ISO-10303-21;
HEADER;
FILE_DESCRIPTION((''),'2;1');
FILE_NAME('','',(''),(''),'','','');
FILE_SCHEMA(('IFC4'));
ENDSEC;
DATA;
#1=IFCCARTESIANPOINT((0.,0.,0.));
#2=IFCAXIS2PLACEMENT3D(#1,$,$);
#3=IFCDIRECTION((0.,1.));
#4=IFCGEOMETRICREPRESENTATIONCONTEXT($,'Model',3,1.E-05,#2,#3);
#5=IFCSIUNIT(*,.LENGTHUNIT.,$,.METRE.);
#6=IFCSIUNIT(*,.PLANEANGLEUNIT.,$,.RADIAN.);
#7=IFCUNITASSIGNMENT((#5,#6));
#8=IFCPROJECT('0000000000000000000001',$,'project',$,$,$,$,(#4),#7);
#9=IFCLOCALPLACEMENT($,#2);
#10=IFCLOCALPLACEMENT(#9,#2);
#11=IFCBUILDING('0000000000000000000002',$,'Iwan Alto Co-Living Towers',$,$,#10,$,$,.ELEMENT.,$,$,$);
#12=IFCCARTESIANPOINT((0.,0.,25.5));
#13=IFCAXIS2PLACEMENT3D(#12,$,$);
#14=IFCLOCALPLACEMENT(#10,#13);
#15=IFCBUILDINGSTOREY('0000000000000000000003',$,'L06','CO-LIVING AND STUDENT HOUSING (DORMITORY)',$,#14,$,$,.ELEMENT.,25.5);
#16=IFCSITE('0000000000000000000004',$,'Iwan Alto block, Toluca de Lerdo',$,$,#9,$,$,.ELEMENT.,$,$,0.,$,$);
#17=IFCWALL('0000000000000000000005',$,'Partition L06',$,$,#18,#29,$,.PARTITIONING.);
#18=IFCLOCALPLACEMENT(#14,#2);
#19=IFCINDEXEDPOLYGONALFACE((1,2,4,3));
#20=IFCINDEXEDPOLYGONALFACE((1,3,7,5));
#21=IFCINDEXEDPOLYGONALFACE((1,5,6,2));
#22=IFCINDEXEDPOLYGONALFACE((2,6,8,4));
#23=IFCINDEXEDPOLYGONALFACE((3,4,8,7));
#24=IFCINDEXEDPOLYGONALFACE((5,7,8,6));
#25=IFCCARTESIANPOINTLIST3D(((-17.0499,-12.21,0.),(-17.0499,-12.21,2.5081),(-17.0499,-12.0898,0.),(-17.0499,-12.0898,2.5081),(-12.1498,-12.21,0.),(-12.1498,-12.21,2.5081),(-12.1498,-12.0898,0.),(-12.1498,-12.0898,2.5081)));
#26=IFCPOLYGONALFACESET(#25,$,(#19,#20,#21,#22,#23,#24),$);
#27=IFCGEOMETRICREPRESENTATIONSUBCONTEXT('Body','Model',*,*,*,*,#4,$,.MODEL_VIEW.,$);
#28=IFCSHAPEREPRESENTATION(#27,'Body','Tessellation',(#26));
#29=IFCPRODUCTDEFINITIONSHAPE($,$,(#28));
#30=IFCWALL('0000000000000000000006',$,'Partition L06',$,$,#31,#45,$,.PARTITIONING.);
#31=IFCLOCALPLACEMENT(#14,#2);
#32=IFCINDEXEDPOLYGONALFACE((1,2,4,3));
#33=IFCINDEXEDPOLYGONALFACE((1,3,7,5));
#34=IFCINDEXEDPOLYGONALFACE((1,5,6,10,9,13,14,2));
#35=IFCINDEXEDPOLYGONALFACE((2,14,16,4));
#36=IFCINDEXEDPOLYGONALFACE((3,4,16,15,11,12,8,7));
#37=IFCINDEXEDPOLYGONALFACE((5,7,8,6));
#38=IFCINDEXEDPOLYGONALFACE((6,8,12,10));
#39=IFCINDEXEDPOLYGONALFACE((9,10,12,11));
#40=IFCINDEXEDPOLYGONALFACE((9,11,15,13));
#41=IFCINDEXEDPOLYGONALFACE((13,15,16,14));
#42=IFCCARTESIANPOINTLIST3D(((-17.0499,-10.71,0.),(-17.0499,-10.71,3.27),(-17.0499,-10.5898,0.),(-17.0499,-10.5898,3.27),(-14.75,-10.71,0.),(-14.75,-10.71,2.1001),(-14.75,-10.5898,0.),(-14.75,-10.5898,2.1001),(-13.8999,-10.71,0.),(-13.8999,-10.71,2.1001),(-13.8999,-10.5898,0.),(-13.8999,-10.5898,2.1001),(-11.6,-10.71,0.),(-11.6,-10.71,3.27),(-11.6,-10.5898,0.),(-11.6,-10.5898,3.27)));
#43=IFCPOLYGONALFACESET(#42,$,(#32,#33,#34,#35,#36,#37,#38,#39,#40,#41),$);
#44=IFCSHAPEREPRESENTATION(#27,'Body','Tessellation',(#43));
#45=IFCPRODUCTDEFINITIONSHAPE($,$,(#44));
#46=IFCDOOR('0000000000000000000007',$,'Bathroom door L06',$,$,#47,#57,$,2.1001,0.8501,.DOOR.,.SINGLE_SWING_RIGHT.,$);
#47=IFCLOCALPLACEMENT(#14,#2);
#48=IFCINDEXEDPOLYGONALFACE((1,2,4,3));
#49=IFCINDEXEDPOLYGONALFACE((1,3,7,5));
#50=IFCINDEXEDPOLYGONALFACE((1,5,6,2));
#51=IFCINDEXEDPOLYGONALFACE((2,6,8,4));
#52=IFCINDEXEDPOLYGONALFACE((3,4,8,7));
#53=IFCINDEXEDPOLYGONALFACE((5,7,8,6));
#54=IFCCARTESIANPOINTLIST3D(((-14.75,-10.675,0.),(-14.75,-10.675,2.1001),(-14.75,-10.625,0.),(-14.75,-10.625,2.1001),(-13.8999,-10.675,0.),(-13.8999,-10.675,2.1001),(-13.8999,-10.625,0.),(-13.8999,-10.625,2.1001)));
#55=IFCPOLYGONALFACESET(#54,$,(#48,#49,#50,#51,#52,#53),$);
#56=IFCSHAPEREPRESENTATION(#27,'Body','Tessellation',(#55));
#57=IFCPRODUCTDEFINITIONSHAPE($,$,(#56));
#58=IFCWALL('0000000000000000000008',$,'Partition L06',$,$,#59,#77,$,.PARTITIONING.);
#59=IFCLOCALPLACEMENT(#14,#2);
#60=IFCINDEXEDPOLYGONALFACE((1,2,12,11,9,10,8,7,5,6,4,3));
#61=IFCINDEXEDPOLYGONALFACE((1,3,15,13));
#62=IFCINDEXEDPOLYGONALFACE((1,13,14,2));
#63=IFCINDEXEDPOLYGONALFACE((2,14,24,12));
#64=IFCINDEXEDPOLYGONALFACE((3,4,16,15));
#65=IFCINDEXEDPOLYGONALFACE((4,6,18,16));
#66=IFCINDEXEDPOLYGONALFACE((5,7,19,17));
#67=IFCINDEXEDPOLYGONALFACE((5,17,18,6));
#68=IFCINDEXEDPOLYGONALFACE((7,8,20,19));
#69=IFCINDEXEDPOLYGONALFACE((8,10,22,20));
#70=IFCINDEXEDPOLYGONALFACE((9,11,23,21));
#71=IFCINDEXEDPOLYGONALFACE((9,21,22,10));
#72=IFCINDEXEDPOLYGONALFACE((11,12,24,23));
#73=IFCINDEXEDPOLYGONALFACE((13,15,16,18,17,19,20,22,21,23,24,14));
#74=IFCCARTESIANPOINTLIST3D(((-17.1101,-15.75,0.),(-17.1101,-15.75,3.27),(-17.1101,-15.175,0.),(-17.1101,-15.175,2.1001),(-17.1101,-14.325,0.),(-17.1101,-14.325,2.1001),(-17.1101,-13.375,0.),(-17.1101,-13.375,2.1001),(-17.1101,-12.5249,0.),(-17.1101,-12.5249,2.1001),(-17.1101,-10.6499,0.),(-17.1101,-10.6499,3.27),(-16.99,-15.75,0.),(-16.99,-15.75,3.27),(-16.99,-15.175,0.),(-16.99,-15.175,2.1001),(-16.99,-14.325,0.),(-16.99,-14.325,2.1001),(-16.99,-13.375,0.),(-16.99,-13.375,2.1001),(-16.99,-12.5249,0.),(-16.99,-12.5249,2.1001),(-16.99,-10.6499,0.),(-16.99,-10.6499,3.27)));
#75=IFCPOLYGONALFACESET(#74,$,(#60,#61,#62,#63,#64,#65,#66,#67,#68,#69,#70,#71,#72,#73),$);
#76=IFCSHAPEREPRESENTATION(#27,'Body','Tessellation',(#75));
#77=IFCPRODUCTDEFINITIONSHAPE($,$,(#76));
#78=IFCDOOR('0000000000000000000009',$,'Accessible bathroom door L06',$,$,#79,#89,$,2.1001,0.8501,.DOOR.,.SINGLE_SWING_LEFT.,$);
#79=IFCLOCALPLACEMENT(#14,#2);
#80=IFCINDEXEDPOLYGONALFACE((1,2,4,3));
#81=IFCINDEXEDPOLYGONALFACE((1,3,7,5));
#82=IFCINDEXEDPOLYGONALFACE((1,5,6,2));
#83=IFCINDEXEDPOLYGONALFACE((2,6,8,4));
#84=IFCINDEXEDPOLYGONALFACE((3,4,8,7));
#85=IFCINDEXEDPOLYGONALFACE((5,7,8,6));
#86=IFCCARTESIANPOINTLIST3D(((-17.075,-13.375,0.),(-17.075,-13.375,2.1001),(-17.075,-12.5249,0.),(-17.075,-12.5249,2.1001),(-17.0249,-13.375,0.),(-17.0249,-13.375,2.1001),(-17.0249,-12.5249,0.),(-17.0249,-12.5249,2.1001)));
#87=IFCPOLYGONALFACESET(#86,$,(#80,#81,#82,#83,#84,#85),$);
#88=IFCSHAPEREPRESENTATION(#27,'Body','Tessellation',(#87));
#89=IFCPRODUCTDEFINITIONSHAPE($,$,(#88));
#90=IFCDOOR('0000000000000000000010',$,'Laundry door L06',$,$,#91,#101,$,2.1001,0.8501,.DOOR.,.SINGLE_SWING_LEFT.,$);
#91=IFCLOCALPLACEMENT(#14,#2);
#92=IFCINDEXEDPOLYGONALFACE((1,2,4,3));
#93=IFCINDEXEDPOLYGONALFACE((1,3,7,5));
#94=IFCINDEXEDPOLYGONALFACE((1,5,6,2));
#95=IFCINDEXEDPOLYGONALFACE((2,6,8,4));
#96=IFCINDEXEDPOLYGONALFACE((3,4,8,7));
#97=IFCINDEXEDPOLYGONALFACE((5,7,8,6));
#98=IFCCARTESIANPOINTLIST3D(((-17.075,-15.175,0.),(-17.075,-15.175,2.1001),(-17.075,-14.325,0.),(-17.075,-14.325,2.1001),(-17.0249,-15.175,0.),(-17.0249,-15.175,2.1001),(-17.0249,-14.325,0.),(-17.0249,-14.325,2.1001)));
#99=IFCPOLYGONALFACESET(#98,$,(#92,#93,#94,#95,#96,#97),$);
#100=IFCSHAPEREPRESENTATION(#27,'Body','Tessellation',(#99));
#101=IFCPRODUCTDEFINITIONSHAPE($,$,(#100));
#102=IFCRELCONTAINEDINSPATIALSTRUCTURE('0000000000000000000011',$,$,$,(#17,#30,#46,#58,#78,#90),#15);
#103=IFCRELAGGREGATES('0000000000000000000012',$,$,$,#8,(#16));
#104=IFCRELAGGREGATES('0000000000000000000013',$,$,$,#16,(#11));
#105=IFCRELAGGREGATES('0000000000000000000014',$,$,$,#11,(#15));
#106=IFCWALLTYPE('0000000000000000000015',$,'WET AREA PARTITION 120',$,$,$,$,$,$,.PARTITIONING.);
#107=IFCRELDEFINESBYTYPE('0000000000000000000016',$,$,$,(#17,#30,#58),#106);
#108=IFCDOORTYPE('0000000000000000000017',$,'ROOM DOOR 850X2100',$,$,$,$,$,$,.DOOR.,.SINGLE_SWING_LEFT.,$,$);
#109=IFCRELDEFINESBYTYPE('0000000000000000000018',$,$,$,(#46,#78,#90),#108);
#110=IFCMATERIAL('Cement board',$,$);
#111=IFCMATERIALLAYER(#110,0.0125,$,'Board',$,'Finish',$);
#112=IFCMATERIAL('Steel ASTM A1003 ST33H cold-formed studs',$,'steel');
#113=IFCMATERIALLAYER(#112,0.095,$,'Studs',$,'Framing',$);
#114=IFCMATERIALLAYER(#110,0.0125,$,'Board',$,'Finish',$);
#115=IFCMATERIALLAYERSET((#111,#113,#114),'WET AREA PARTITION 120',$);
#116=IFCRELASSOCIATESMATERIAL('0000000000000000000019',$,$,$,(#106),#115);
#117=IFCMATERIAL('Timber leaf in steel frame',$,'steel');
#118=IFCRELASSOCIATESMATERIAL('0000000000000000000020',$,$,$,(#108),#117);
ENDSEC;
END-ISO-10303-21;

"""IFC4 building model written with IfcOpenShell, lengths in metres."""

from ifc_helpers import new_model, si_unit, direction, frame, frame_2d, origin, place, context, subcontext, project, spatial, rectangle, extrude, material, layer, layer_set, type_object, element, fill, save


model = new_model("IFC4")

# Units and contexts
model_context = context("Model", 3, precision=1e-05, world=origin(), true_north=direction((0.0, 1.0)))
body_context = subcontext(model_context, "Body", "Model", "MODEL_VIEW")
ifc_project = project(units=[si_unit("LENGTHUNIT", "METRE"), si_unit("PLANEANGLEUNIT", "RADIAN")], contexts=[model_context])

# Site, building, storey
site_placement = place(None, origin())
site = spatial("IfcSite", under=ifc_project, at=site_placement, Name="Iwan Alto block, Toluca de Lerdo", CompositionType="ELEMENT", RefElevation=0.0)
building_placement = place(site_placement, origin())
building = spatial("IfcBuilding", under=site, at=building_placement, Name="Iwan Alto Co-Living Towers", CompositionType="ELEMENT")
storey_placement = place(building_placement, frame((0.0, 0.0, 25.5)))
storey = spatial("IfcBuildingStorey", under=building, at=storey_placement, Name="L06", Description="CO-LIVING AND STUDENT HOUSING (DORMITORY)", CompositionType="ELEMENT", Elevation=25.5)

# Shared definitions
ifc_material_1 = material(Name="Steel ASTM A1003 ST33H cold-formed studs", Category="steel")

# Wall
ifc_material_2 = material(Name="Cement board")
ifc_layer_1 = layer(ifc_material_2, 0.0125, Name="Board", Category="Finish")
ifc_layer_2 = layer(ifc_material_1, 0.095, Name="Studs", Category="Framing")
ifc_layer_3 = layer(ifc_material_2, 0.0125, Name="Board", Category="Finish")
ifc_layer_set_1 = layer_set([ifc_layer_1, ifc_layer_2, ifc_layer_3], Name="WET AREA PARTITION 120")
wall_type_1 = type_object("IfcWallType", Name="WET AREA PARTITION 120", PredefinedType="PARTITIONING", material=ifc_layer_set_1)
wall_1_placement = place(storey_placement, frame((-17.05, -12.1499, 0.0), z_axis=(0.0, 0.0, 1.0), x_axis=(1.0, 0.0, 0.0)))
element("IfcWall", 1, at=wall_1_placement, inside=storey, type_object=wall_type_1, Name="Partition L06", PredefinedType="PARTITIONING", context=body_context, shape_type="SweptSolid", body=[
    extrude(rectangle(XDim=4.9001, YDim=0.1201, at=frame_2d((2.4502, 0.0))), origin(), (0.0, 0.0, 1.0), 2.5081),
])

# Wall, opening, door
wall_2_placement = place(storey_placement, frame((-17.05, -10.6499, 0.0), z_axis=(0.0, 0.0, 1.0), x_axis=(1.0, 0.0, 0.0)))
wall_2 = element("IfcWall", 2, at=wall_2_placement, inside=storey, type_object=wall_type_1, Name="Partition L06", PredefinedType="PARTITIONING", context=body_context, shape_type="SweptSolid", body=[
    extrude(rectangle(XDim=5.45, YDim=0.1201, at=frame_2d((2.7251, 0.0))), origin(), (0.0, 0.0, 1.0), 3.27),
])
opening_1_placement = place(wall_2_placement, frame((2.3, 0.0, 0.0)))
opening_1 = element("IfcOpeningElement", 3, at=opening_1_placement, cuts=wall_2, PredefinedType="OPENING", context=body_context, shape_type="SweptSolid", body=[
    extrude(rectangle(XDim=0.8501, YDim=2.1001, at=frame_2d((0.425, 1.05))), frame((0.0, 0.0701, 0.0), z_axis=(0.0, -1.0, 0.0), x_axis=(1.0, 0.0, 0.0)), (0.0, 0.0, 1.0), 0.1401),
])
ifc_material_3 = material(Name="Timber leaf in steel frame", Category="steel")
door_type_1 = type_object("IfcDoorType", Name="ROOM DOOR 850X2100", OperationType="SINGLE_SWING_LEFT", PredefinedType="DOOR", material=ifc_material_3)
door_1_placement = place(opening_1_placement, origin())
door_1 = element("IfcDoor", 4, at=door_1_placement, inside=storey, type_object=door_type_1, Name="Bathroom door L06", OperationType="SINGLE_SWING_RIGHT", OverallHeight=2.1001, OverallWidth=0.8501, PredefinedType="DOOR", context=body_context, shape_type="SweptSolid", body=[
    extrude(rectangle(XDim=0.8501, YDim=2.1001, at=frame_2d((0.425, 1.05))), frame((0.0, 0.0249, 0.0), z_axis=(0.0, -1.0, 0.0), x_axis=(1.0, 0.0, 0.0)), (0.0, 0.0, 1.0), 0.05),
])
fill(opening_1, door_1)

# Wall, openings, doors
wall_3_placement = place(storey_placement, frame((-17.05, -15.75, 0.0), z_axis=(0.0, 0.0, 1.0), x_axis=(0.0, 1.0, 0.0)))
wall_3 = element("IfcWall", 5, at=wall_3_placement, inside=storey, type_object=wall_type_1, Name="Partition L06", PredefinedType="PARTITIONING", context=body_context, shape_type="SweptSolid", body=[
    extrude(rectangle(XDim=5.1001, YDim=0.1201, at=frame_2d((2.55, 0.0))), origin(), (0.0, 0.0, 1.0), 3.27),
])
opening_2_placement = place(wall_3_placement, frame((2.375, 0.0, 0.0)))
opening_2 = element("IfcOpeningElement", 6, at=opening_2_placement, cuts=wall_3, PredefinedType="OPENING", context=body_context, shape_type="SweptSolid", body=[
    extrude(rectangle(XDim=0.8501, YDim=2.1001, at=frame_2d((0.425, 1.05))), frame((0.0, 0.0701, 0.0), z_axis=(0.0, -1.0, 0.0), x_axis=(1.0, 0.0, 0.0)), (0.0, 0.0, 1.0), 0.1401),
])
opening_3_placement = place(wall_3_placement, frame((0.575, 0.0, 0.0)))
opening_3 = element("IfcOpeningElement", 7, at=opening_3_placement, cuts=wall_3, PredefinedType="OPENING", context=body_context, shape_type="SweptSolid", body=[
    extrude(rectangle(XDim=0.8501, YDim=2.1001, at=frame_2d((0.425, 1.05))), frame((0.0, 0.0701, 0.0), z_axis=(0.0, -1.0, 0.0), x_axis=(1.0, 0.0, 0.0)), (0.0, 0.0, 1.0), 0.1401),
])
door_2_placement = place(opening_2_placement, origin())
door_2 = element("IfcDoor", 8, at=door_2_placement, inside=storey, type_object=door_type_1, Name="Accessible bathroom door L06", OperationType="SINGLE_SWING_LEFT", OverallHeight=2.1001, OverallWidth=0.8501, PredefinedType="DOOR", context=body_context, shape_type="SweptSolid", body=[
    extrude(rectangle(XDim=0.8501, YDim=2.1001, at=frame_2d((0.425, 1.05))), frame((0.0, 0.0249, 0.0), z_axis=(0.0, -1.0, 0.0), x_axis=(1.0, 0.0, 0.0)), (0.0, 0.0, 1.0), 0.05),
])
fill(opening_2, door_2)
door_3_placement = place(opening_3_placement, origin())
door_3 = element("IfcDoor", 9, at=door_3_placement, inside=storey, type_object=door_type_1, Name="Laundry door L06", OperationType="SINGLE_SWING_LEFT", OverallHeight=2.1001, OverallWidth=0.8501, PredefinedType="DOOR", context=body_context, shape_type="SweptSolid", body=[
    extrude(rectangle(XDim=0.8501, YDim=2.1001, at=frame_2d((0.425, 1.05))), frame((0.0, 0.0249, 0.0), z_axis=(0.0, -1.0, 0.0), x_axis=(1.0, 0.0, 0.0)), (0.0, 0.0, 1.0), 0.05),
])
fill(opening_3, door_3)

save(model, "model.ifc")
